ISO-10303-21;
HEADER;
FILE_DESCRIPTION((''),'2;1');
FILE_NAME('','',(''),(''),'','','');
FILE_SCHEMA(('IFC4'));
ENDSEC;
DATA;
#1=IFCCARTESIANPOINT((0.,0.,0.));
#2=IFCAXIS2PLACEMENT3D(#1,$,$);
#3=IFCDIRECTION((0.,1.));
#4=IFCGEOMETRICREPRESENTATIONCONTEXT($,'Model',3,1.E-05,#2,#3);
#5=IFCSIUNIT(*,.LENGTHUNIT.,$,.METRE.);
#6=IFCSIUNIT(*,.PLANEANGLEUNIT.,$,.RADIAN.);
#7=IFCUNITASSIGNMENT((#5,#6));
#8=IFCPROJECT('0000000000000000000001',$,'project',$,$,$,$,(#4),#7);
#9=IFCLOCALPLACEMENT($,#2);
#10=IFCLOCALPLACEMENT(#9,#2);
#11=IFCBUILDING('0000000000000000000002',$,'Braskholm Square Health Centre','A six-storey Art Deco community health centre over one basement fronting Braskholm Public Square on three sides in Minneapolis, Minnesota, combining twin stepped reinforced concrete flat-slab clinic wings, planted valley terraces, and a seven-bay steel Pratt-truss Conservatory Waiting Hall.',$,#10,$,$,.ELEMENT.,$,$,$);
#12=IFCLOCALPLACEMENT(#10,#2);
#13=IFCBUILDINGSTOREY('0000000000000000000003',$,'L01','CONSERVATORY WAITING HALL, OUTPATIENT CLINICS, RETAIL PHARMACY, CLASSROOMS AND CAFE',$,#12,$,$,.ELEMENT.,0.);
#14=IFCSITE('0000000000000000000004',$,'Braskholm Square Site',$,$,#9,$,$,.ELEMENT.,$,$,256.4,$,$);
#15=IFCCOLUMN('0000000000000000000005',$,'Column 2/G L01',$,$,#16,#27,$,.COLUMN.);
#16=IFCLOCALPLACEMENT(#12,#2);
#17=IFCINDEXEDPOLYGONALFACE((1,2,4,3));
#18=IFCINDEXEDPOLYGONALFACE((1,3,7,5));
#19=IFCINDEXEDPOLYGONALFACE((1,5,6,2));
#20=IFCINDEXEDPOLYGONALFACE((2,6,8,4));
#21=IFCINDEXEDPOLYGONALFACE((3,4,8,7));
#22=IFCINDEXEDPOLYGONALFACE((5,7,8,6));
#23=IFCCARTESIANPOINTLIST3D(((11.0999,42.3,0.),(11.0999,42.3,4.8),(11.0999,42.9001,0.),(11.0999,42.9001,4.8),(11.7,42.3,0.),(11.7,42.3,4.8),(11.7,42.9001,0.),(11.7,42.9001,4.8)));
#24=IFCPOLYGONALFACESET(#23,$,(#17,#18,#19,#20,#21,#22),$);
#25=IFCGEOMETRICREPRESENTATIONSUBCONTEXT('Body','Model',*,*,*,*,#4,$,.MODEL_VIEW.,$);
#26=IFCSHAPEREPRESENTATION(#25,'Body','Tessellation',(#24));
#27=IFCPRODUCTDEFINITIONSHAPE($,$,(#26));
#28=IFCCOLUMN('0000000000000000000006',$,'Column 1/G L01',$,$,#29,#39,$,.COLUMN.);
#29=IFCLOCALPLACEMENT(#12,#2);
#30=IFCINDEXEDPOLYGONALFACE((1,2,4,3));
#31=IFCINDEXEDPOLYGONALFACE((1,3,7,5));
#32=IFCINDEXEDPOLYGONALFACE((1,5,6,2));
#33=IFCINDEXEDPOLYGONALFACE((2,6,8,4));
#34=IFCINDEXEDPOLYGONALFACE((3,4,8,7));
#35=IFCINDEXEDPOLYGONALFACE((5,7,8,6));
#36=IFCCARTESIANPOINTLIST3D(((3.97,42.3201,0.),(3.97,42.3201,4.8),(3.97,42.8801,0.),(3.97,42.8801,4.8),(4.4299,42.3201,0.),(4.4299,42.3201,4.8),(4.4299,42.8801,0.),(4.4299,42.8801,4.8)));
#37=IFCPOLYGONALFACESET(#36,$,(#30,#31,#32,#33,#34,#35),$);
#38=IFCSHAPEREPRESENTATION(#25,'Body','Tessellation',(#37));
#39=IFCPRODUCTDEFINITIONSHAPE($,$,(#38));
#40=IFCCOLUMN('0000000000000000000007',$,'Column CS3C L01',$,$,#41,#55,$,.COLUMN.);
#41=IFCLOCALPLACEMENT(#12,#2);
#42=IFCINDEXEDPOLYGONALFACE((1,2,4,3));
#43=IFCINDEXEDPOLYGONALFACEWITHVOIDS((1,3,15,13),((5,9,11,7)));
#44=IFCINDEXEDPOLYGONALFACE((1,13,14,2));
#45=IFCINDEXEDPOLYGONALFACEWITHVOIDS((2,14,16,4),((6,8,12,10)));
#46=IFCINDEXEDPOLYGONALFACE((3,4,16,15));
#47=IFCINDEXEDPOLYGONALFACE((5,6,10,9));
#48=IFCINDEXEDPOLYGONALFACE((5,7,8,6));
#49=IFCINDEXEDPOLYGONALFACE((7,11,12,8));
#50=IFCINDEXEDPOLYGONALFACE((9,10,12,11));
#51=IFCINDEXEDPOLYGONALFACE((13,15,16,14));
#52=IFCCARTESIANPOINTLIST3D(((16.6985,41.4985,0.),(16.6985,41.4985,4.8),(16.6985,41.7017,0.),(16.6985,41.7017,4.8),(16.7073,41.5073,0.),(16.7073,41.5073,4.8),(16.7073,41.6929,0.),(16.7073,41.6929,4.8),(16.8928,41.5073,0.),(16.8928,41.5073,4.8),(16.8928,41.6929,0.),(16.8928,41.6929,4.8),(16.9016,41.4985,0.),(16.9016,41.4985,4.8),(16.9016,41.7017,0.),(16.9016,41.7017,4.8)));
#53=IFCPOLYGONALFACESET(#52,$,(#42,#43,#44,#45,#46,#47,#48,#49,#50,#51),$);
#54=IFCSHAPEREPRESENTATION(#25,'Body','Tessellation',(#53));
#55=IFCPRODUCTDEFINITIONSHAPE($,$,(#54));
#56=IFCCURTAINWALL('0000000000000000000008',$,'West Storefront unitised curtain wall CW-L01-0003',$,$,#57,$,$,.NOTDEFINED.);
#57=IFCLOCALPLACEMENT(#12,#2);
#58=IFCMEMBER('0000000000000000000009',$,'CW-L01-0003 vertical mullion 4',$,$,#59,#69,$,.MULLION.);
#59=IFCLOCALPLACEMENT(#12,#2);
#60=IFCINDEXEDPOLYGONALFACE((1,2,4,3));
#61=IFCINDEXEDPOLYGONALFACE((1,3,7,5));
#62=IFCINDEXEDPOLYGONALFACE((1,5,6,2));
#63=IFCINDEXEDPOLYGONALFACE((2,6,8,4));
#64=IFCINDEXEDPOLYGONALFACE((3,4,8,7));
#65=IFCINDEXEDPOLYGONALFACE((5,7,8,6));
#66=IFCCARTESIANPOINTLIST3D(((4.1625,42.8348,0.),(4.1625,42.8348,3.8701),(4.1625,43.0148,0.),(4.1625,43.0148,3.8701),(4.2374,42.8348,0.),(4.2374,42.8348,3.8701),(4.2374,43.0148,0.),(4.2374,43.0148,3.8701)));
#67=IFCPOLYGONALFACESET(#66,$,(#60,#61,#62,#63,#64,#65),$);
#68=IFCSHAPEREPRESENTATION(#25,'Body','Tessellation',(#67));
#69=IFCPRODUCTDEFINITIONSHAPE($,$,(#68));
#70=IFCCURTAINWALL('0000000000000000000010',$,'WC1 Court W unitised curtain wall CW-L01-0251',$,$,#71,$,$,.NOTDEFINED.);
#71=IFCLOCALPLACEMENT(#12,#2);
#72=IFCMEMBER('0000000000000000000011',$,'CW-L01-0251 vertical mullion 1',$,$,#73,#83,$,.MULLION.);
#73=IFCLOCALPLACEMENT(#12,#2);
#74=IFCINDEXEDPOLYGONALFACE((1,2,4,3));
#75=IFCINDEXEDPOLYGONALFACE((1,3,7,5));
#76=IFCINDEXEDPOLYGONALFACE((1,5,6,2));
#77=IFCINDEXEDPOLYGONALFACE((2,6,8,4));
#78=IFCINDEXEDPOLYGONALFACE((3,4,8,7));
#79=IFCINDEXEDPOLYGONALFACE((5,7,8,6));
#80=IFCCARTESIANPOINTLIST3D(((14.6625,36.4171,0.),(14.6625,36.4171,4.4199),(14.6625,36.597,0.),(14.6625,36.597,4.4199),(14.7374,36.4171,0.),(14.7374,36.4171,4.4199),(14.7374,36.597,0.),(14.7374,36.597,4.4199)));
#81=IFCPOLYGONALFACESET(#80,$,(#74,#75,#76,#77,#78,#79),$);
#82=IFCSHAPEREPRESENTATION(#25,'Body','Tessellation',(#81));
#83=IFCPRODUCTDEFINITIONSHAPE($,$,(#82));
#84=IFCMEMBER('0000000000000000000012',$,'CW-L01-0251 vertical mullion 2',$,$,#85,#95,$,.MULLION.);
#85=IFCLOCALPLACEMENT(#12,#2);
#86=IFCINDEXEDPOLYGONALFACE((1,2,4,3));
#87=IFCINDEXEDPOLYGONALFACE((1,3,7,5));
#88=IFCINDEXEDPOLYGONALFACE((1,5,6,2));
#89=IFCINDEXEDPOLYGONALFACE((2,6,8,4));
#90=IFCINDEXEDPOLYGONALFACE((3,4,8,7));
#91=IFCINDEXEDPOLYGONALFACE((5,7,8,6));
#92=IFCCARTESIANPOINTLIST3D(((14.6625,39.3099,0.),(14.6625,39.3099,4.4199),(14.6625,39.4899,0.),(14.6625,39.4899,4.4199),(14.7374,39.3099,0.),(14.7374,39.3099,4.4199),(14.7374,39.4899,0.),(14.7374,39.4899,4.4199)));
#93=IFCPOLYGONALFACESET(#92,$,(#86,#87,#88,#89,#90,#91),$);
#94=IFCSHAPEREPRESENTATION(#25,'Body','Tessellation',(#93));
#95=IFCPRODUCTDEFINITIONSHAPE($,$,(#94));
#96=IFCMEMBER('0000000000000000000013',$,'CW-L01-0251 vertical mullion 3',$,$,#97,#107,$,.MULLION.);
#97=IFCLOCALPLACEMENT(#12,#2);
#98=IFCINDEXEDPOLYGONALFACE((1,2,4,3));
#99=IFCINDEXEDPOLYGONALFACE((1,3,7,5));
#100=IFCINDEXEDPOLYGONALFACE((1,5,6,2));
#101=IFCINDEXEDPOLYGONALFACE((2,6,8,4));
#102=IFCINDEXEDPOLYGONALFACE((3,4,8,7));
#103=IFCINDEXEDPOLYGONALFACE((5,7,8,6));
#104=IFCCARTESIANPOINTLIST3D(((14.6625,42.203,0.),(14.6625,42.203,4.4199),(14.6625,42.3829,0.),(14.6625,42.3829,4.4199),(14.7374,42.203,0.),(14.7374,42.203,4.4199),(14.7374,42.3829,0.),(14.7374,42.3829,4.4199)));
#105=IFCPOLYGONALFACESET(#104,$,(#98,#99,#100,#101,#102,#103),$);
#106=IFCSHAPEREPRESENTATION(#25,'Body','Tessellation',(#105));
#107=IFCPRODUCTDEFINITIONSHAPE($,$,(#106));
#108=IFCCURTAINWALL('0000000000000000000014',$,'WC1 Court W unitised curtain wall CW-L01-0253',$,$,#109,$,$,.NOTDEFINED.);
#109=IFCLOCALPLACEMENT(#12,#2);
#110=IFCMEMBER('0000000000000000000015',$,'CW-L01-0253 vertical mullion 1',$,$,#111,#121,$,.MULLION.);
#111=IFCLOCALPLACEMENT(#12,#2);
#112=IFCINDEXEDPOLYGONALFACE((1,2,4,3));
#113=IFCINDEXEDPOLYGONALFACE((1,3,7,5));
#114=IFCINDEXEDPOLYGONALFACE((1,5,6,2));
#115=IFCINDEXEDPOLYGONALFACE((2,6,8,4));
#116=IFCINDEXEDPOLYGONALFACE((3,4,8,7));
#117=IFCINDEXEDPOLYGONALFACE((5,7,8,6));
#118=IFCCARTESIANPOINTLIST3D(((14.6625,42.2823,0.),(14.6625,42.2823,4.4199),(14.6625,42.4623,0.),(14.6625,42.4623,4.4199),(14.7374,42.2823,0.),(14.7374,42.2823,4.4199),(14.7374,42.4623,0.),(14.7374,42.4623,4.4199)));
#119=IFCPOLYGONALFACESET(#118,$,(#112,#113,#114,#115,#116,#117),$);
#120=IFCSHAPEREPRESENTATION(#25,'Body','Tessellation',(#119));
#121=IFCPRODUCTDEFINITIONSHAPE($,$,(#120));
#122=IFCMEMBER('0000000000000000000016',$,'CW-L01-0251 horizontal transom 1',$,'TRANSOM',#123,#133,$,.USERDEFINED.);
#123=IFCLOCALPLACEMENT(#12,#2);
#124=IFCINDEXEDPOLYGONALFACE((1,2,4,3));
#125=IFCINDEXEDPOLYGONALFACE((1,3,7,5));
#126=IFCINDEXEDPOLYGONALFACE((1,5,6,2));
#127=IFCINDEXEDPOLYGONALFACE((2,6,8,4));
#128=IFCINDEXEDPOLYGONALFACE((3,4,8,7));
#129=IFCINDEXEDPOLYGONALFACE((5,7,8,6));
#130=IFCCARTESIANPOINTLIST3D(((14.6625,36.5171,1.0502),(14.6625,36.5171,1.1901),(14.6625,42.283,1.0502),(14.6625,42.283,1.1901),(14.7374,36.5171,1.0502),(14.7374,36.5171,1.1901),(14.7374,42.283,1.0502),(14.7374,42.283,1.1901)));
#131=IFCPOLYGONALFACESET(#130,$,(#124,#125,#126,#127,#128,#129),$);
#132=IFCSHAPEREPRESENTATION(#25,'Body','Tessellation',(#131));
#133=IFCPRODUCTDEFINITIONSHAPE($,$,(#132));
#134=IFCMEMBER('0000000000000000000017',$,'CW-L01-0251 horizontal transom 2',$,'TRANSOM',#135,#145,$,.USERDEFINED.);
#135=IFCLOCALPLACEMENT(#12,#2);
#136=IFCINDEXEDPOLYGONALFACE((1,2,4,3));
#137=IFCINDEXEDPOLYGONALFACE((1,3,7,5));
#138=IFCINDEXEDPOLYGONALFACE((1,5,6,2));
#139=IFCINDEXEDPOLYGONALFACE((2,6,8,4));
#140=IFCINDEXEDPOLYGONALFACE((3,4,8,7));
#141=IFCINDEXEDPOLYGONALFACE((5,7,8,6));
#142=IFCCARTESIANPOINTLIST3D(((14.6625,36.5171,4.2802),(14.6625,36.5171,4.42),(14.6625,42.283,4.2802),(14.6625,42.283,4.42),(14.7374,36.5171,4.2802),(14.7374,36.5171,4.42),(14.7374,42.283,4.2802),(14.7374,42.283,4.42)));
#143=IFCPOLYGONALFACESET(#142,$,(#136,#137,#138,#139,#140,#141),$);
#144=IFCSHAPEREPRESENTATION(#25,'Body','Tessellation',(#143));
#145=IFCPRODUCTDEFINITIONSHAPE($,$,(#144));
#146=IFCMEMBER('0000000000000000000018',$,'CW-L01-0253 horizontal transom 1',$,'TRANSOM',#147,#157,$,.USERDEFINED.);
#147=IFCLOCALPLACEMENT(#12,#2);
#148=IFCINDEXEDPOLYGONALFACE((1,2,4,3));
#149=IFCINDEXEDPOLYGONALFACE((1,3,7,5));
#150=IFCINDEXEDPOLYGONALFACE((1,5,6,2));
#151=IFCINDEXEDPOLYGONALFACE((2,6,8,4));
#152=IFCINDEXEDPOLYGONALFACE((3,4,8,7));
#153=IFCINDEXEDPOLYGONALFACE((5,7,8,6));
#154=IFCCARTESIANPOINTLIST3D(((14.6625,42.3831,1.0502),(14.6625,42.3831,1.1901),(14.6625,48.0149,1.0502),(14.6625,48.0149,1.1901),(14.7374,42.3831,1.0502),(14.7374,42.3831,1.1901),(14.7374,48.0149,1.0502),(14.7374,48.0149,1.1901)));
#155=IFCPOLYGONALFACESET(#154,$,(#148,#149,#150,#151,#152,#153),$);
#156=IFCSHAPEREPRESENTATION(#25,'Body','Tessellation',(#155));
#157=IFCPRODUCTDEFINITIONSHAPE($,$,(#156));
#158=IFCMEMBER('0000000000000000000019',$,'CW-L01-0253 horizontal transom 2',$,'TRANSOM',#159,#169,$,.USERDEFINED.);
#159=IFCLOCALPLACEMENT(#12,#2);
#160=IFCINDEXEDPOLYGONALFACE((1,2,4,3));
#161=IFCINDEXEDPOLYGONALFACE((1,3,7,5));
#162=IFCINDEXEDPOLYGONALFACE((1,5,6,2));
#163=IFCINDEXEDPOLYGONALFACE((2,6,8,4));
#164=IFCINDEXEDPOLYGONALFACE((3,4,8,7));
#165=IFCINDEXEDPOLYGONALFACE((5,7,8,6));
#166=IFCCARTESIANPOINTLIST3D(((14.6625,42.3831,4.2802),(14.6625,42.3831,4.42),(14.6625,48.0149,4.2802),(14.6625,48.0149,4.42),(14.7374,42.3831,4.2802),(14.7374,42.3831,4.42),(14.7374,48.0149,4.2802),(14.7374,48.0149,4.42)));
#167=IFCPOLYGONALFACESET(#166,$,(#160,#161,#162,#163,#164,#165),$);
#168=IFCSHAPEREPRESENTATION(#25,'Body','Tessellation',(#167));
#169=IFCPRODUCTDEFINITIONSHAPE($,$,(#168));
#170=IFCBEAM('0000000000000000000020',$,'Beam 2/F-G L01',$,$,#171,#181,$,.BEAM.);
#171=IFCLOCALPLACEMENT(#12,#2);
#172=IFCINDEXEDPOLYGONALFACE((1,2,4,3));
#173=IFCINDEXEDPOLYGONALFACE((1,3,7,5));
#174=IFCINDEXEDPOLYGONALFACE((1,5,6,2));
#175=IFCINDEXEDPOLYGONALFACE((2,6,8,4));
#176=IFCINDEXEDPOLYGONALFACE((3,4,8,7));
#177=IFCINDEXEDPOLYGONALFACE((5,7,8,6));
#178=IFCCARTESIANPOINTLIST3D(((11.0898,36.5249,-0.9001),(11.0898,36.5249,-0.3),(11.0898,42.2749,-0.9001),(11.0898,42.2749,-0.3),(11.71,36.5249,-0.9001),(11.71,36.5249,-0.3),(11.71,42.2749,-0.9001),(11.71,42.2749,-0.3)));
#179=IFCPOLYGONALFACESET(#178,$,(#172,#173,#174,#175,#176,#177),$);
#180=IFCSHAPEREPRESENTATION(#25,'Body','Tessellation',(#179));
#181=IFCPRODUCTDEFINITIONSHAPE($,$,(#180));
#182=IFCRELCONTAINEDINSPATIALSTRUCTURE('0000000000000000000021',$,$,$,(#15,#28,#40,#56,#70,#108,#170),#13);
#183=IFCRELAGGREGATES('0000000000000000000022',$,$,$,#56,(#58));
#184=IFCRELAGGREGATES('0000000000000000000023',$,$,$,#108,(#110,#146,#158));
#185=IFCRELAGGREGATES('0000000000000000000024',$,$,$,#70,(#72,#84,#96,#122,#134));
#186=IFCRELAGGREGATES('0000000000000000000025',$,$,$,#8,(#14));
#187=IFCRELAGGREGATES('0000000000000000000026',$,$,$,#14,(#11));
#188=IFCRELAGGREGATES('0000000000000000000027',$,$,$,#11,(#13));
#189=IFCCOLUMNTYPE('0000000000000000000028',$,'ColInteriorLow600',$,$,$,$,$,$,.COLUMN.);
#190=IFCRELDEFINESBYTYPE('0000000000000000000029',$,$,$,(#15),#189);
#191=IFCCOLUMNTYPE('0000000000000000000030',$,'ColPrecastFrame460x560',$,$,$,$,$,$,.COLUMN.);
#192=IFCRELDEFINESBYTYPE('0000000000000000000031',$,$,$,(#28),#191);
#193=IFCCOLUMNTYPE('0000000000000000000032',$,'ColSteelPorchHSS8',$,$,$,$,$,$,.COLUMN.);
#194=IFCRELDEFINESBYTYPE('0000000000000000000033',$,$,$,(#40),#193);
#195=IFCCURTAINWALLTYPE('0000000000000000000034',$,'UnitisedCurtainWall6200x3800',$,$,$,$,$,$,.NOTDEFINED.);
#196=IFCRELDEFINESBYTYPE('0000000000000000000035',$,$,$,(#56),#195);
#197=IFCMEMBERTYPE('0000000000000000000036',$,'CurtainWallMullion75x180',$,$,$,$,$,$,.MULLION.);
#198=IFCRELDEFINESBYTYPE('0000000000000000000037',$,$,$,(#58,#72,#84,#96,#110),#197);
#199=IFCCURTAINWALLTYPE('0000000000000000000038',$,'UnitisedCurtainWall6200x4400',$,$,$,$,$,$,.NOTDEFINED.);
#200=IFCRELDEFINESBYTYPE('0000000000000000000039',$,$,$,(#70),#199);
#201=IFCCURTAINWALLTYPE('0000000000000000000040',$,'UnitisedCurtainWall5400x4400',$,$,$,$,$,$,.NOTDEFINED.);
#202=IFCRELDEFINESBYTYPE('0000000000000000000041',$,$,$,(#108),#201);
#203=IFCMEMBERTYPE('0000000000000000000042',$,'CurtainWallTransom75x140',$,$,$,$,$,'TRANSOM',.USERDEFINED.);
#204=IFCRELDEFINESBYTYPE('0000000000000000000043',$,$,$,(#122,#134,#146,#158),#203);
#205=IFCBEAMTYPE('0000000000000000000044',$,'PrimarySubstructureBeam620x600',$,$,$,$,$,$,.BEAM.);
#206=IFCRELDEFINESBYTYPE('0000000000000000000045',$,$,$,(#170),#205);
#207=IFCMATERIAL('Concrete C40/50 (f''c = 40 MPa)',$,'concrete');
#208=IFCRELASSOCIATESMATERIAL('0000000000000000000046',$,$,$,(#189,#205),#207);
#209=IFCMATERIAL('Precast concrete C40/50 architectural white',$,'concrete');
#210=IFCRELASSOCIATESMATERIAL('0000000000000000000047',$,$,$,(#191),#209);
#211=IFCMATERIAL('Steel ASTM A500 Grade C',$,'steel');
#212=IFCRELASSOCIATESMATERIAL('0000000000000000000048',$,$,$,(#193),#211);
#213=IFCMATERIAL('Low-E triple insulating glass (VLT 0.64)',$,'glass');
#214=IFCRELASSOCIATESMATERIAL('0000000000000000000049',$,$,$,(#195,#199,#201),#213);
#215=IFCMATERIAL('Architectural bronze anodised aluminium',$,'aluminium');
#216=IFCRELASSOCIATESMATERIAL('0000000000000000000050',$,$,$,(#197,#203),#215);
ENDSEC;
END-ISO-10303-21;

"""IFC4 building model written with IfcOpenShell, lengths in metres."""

from ifc_helpers import new_model, si_unit, direction, frame, origin, origin_2d, place, context, subcontext, project, spatial, rectangle, hollow_rectangle, extrude, material, material_profile, profile_set, type_object, element, aggregate, save


model = new_model("IFC4")

# Units and contexts
model_context = context("Model", 3, precision=1e-05, world=origin(), true_north=direction((0.0, 1.0)))
body_context = subcontext(model_context, "Body", "Model", "MODEL_VIEW")
ifc_project = project(units=[si_unit("LENGTHUNIT", "METRE"), si_unit("PLANEANGLEUNIT", "RADIAN")], contexts=[model_context])

# Site, building, storey
site_placement = place(None, origin())
site = spatial("IfcSite", under=ifc_project, at=site_placement, Name="Braskholm Square Site", CompositionType="ELEMENT", RefElevation=256.4)
building_placement = place(site_placement, origin())
building = spatial("IfcBuilding", under=site, at=building_placement, Name="Braskholm Square Health Centre", Description="A six-storey Art Deco community health centre over one basement fronting Braskholm Public Square on three sides in Minneapolis, Minnesota, combining twin stepped reinforced concrete flat-slab clinic wings, planted valley terraces, and a seven-bay steel Pratt-truss Conservatory Waiting Hall.", CompositionType="ELEMENT")
storey_placement = place(building_placement, origin())
storey = spatial("IfcBuildingStorey", under=building, at=storey_placement, Name="L01", Description="CONSERVATORY WAITING HALL, OUTPATIENT CLINICS, RETAIL PHARMACY, CLASSROOMS AND CAFE", CompositionType="ELEMENT", Elevation=0.0)

# Columns
ifc_material_1 = material(Name="Concrete C40/50 (f'c = 40 MPa)", Category="concrete")
ifc_material_profile_1 = material_profile(ifc_material_1, rectangle(XDim=0.6001, YDim=0.6001, at=origin_2d()), Name="RC-600X600")
ifc_profile_set_1 = profile_set([ifc_material_profile_1], Name="Concrete C40/50 (f'c = 40 MPa)")
column_type_1 = type_object("IfcColumnType", Name="ColInteriorLow600", PredefinedType="COLUMN", material=ifc_profile_set_1)
column_1_placement = place(storey_placement, frame((11.3999, 42.6001, 0.0), z_axis=(0.0, 0.0, 1.0), x_axis=(1.0, 0.0, 0.0)))
element("IfcColumn", 1, at=column_1_placement, inside=storey, type_object=column_type_1, Name="Column 2/G L01", PredefinedType="COLUMN", context=body_context, shape_type="SweptSolid", body=[
    extrude(rectangle(XDim=0.6001, YDim=0.6001, at=origin_2d()), origin(), (0.0, 0.0, 1.0), 4.8),
])
ifc_material_2 = material(Name="Precast concrete C40/50 architectural white", Category="concrete")
ifc_material_profile_2 = material_profile(ifc_material_2, rectangle(XDim=0.46, YDim=0.5601, at=origin_2d()), Name="RC-460X560")
ifc_profile_set_2 = profile_set([ifc_material_profile_2], Name="Precast concrete C40/50 architectural white")
column_type_2 = type_object("IfcColumnType", Name="ColPrecastFrame460x560", PredefinedType="COLUMN", material=ifc_profile_set_2)
column_2_placement = place(storey_placement, frame((4.2, 42.6001, 0.0), z_axis=(0.0, 0.0, 1.0), x_axis=(1.0, 0.0, 0.0)))
element("IfcColumn", 2, at=column_2_placement, inside=storey, type_object=column_type_2, Name="Column 1/G L01", PredefinedType="COLUMN", context=body_context, shape_type="SweptSolid", body=[
    extrude(rectangle(XDim=0.46, YDim=0.5601, at=origin_2d()), origin(), (0.0, 0.0, 1.0), 4.8),
])
ifc_material_3 = material(Name="Steel ASTM A500 Grade C", Category="steel")
ifc_material_profile_3 = material_profile(ifc_material_3, hollow_rectangle(XDim=0.2031, YDim=0.2031, WallThickness=0.0088, at=origin_2d()), Name="HSS8X8X3/8")
ifc_profile_set_3 = profile_set([ifc_material_profile_3], Name="Steel ASTM A500 Grade C")
column_type_3 = type_object("IfcColumnType", Name="ColSteelPorchHSS8", PredefinedType="COLUMN", material=ifc_profile_set_3)
column_3_placement = place(storey_placement, frame((16.8, 41.6001, 0.0), z_axis=(0.0, 0.0, 1.0), x_axis=(1.0, 0.0, 0.0)))
element("IfcColumn", 3, at=column_3_placement, inside=storey, type_object=column_type_3, Name="Column CS3C L01", PredefinedType="COLUMN", context=body_context, shape_type="SweptSolid", body=[
    extrude(hollow_rectangle(XDim=0.2031, YDim=0.2031, WallThickness=0.0088, at=origin_2d()), origin(), (0.0, 0.0, 1.0), 4.8),
])

# Curtain wall, member
ifc_material_4 = material(Name="Low-E triple insulating glass (VLT 0.64)", Category="glass")
curtain_wall_type_1 = type_object("IfcCurtainWallType", Name="UnitisedCurtainWall6200x3800", PredefinedType="NOTDEFINED", material=ifc_material_4)
curtain_wall_1_placement = place(storey_placement, origin())
curtain_wall_1 = element("IfcCurtainWall", 4, at=curtain_wall_1_placement, inside=storey, type_object=curtain_wall_type_1, Name="West Storefront unitised curtain wall CW-L01-0003", PredefinedType="NOTDEFINED")
ifc_material_5 = material(Name="Architectural bronze anodised aluminium", Category="aluminium")
ifc_material_profile_4 = material_profile(ifc_material_5, rectangle(XDim=0.075, YDim=0.1799, at=origin_2d()), Name="ALU-75X180")
ifc_profile_set_4 = profile_set([ifc_material_profile_4], Name="Architectural bronze anodised aluminium")
member_type_1 = type_object("IfcMemberType", Name="CurtainWallMullion75x180", PredefinedType="MULLION", material=ifc_profile_set_4)
member_1_placement = place(storey_placement, frame((4.2, 42.9248, 0.0), z_axis=(0.0, 0.0, 1.0), x_axis=(1.0, 0.0, 0.0)))
member_1 = element("IfcMember", 5, at=member_1_placement, type_object=member_type_1, Name="CW-L01-0003 vertical mullion 4", PredefinedType="MULLION", context=body_context, shape_type="SweptSolid", body=[
    extrude(rectangle(XDim=0.075, YDim=0.1799, at=origin_2d()), origin(), (0.0, 0.0, 1.0), 3.8701),
])
aggregate(curtain_wall_1, [member_1])

# Curtain wall, members
curtain_wall_type_2 = type_object("IfcCurtainWallType", Name="UnitisedCurtainWall6200x4400", PredefinedType="NOTDEFINED", material=ifc_material_4)
curtain_wall_2_placement = place(storey_placement, origin())
curtain_wall_2 = element("IfcCurtainWall", 6, at=curtain_wall_2_placement, inside=storey, type_object=curtain_wall_type_2, Name="WC1 Court W unitised curtain wall CW-L01-0251", PredefinedType="NOTDEFINED")
member_2_placement = place(storey_placement, frame((14.7, 36.5071, 0.0), z_axis=(0.0, 0.0, 1.0), x_axis=(1.0, 0.0, 0.0)))
member_2 = element("IfcMember", 7, at=member_2_placement, type_object=member_type_1, Name="CW-L01-0251 vertical mullion 1", PredefinedType="MULLION", context=body_context, shape_type="SweptSolid", body=[
    extrude(rectangle(XDim=0.075, YDim=0.1799, at=origin_2d()), origin(), (0.0, 0.0, 1.0), 4.4199),
])
member_3_placement = place(storey_placement, frame((14.7, 39.3999, 0.0), z_axis=(0.0, 0.0, 1.0), x_axis=(1.0, 0.0, 0.0)))
member_3 = element("IfcMember", 8, at=member_3_placement, type_object=member_type_1, Name="CW-L01-0251 vertical mullion 2", PredefinedType="MULLION", context=body_context, shape_type="SweptSolid", body=[
    extrude(rectangle(XDim=0.075, YDim=0.1799, at=origin_2d()), origin(), (0.0, 0.0, 1.0), 4.4199),
])
member_4_placement = place(storey_placement, frame((14.7, 42.293, 0.0), z_axis=(0.0, 0.0, 1.0), x_axis=(1.0, 0.0, 0.0)))
member_4 = element("IfcMember", 9, at=member_4_placement, type_object=member_type_1, Name="CW-L01-0251 vertical mullion 3", PredefinedType="MULLION", context=body_context, shape_type="SweptSolid", body=[
    extrude(rectangle(XDim=0.075, YDim=0.1799, at=origin_2d()), origin(), (0.0, 0.0, 1.0), 4.4199),
])

# Curtain wall, member
curtain_wall_type_3 = type_object("IfcCurtainWallType", Name="UnitisedCurtainWall5400x4400", PredefinedType="NOTDEFINED", material=ifc_material_4)
curtain_wall_3_placement = place(storey_placement, origin())
curtain_wall_3 = element("IfcCurtainWall", 10, at=curtain_wall_3_placement, inside=storey, type_object=curtain_wall_type_3, Name="WC1 Court W unitised curtain wall CW-L01-0253", PredefinedType="NOTDEFINED")
member_5_placement = place(storey_placement, frame((14.7, 42.3723, 0.0), z_axis=(0.0, 0.0, 1.0), x_axis=(1.0, 0.0, 0.0)))
member_5 = element("IfcMember", 11, at=member_5_placement, type_object=member_type_1, Name="CW-L01-0253 vertical mullion 1", PredefinedType="MULLION", context=body_context, shape_type="SweptSolid", body=[
    extrude(rectangle(XDim=0.075, YDim=0.1799, at=origin_2d()), origin(), (0.0, 0.0, 1.0), 4.4199),
])

# Members
ifc_material_profile_5 = material_profile(ifc_material_5, rectangle(XDim=0.075, YDim=0.1399, at=origin_2d()), Name="ALU-75X140")
ifc_profile_set_5 = profile_set([ifc_material_profile_5], Name="Architectural bronze anodised aluminium")
member_type_2 = type_object("IfcMemberType", Name="CurtainWallTransom75x140", ElementType="TRANSOM", PredefinedType="USERDEFINED", material=ifc_profile_set_5)
member_6_placement = place(storey_placement, frame((14.7, 36.5171, 1.1201), z_axis=(0.0, 1.0, 0.0), x_axis=(-1.0, 0.0, 0.0)))
member_6 = element("IfcMember", 12, at=member_6_placement, type_object=member_type_2, Name="CW-L01-0251 horizontal transom 1", ObjectType="TRANSOM", PredefinedType="USERDEFINED", context=body_context, shape_type="SweptSolid", body=[
    extrude(rectangle(XDim=0.075, YDim=0.1399, at=origin_2d()), origin(), (0.0, 0.0, 1.0), 5.7659),
])
member_7_placement = place(storey_placement, frame((14.7, 36.5171, 4.3501), z_axis=(0.0, 1.0, 0.0), x_axis=(-1.0, 0.0, 0.0)))
member_7 = element("IfcMember", 13, at=member_7_placement, type_object=member_type_2, Name="CW-L01-0251 horizontal transom 2", ObjectType="TRANSOM", PredefinedType="USERDEFINED", context=body_context, shape_type="SweptSolid", body=[
    extrude(rectangle(XDim=0.075, YDim=0.1399, at=origin_2d()), origin(), (0.0, 0.0, 1.0), 5.7659),
])
member_8_placement = place(storey_placement, frame((14.7, 42.3831, 1.1201), z_axis=(0.0, 1.0, 0.0), x_axis=(-1.0, 0.0, 0.0)))
member_8 = element("IfcMember", 14, at=member_8_placement, type_object=member_type_2, Name="CW-L01-0253 horizontal transom 1", ObjectType="TRANSOM", PredefinedType="USERDEFINED", context=body_context, shape_type="SweptSolid", body=[
    extrude(rectangle(XDim=0.075, YDim=0.1399, at=origin_2d()), origin(), (0.0, 0.0, 1.0), 5.6318),
])
member_9_placement = place(storey_placement, frame((14.7, 42.3831, 4.3501), z_axis=(0.0, 1.0, 0.0), x_axis=(-1.0, 0.0, 0.0)))
member_9 = element("IfcMember", 15, at=member_9_placement, type_object=member_type_2, Name="CW-L01-0253 horizontal transom 2", ObjectType="TRANSOM", PredefinedType="USERDEFINED", context=body_context, shape_type="SweptSolid", body=[
    extrude(rectangle(XDim=0.075, YDim=0.1399, at=origin_2d()), origin(), (0.0, 0.0, 1.0), 5.6318),
])
aggregate(curtain_wall_3, [member_5, member_8, member_9])

# Beam
ifc_material_profile_6 = material_profile(ifc_material_1, rectangle(XDim=0.6201, YDim=0.6001, at=origin_2d()), Name="RCB-620X600")
ifc_profile_set_6 = profile_set([ifc_material_profile_6], Name="Concrete C40/50 (f'c = 40 MPa)")
beam_type_1 = type_object("IfcBeamType", Name="PrimarySubstructureBeam620x600", PredefinedType="BEAM", material=ifc_profile_set_6)
for number, where, z_axis, x_axis, name in (
    (16, (11.3999, 36.5249, -0.6001), (0.0, 1.0, 0.0), (-1.0, 0.0, 0.0), "Beam 2/F-G L01"),
):
    element("IfcBeam", number, at=place(storey_placement, frame(where, z_axis=z_axis, x_axis=x_axis)), inside=storey, type_object=beam_type_1, Name=name, PredefinedType="BEAM", context=body_context, shape_type="SweptSolid", body=[
        extrude(rectangle(XDim=0.6201, YDim=0.6001, at=origin_2d()), origin(), (0.0, 0.0, 1.0), 5.75),
    ])

aggregate(curtain_wall_2, [member_2, member_3, member_4, member_6, member_7])

save(model, "model.ifc")
